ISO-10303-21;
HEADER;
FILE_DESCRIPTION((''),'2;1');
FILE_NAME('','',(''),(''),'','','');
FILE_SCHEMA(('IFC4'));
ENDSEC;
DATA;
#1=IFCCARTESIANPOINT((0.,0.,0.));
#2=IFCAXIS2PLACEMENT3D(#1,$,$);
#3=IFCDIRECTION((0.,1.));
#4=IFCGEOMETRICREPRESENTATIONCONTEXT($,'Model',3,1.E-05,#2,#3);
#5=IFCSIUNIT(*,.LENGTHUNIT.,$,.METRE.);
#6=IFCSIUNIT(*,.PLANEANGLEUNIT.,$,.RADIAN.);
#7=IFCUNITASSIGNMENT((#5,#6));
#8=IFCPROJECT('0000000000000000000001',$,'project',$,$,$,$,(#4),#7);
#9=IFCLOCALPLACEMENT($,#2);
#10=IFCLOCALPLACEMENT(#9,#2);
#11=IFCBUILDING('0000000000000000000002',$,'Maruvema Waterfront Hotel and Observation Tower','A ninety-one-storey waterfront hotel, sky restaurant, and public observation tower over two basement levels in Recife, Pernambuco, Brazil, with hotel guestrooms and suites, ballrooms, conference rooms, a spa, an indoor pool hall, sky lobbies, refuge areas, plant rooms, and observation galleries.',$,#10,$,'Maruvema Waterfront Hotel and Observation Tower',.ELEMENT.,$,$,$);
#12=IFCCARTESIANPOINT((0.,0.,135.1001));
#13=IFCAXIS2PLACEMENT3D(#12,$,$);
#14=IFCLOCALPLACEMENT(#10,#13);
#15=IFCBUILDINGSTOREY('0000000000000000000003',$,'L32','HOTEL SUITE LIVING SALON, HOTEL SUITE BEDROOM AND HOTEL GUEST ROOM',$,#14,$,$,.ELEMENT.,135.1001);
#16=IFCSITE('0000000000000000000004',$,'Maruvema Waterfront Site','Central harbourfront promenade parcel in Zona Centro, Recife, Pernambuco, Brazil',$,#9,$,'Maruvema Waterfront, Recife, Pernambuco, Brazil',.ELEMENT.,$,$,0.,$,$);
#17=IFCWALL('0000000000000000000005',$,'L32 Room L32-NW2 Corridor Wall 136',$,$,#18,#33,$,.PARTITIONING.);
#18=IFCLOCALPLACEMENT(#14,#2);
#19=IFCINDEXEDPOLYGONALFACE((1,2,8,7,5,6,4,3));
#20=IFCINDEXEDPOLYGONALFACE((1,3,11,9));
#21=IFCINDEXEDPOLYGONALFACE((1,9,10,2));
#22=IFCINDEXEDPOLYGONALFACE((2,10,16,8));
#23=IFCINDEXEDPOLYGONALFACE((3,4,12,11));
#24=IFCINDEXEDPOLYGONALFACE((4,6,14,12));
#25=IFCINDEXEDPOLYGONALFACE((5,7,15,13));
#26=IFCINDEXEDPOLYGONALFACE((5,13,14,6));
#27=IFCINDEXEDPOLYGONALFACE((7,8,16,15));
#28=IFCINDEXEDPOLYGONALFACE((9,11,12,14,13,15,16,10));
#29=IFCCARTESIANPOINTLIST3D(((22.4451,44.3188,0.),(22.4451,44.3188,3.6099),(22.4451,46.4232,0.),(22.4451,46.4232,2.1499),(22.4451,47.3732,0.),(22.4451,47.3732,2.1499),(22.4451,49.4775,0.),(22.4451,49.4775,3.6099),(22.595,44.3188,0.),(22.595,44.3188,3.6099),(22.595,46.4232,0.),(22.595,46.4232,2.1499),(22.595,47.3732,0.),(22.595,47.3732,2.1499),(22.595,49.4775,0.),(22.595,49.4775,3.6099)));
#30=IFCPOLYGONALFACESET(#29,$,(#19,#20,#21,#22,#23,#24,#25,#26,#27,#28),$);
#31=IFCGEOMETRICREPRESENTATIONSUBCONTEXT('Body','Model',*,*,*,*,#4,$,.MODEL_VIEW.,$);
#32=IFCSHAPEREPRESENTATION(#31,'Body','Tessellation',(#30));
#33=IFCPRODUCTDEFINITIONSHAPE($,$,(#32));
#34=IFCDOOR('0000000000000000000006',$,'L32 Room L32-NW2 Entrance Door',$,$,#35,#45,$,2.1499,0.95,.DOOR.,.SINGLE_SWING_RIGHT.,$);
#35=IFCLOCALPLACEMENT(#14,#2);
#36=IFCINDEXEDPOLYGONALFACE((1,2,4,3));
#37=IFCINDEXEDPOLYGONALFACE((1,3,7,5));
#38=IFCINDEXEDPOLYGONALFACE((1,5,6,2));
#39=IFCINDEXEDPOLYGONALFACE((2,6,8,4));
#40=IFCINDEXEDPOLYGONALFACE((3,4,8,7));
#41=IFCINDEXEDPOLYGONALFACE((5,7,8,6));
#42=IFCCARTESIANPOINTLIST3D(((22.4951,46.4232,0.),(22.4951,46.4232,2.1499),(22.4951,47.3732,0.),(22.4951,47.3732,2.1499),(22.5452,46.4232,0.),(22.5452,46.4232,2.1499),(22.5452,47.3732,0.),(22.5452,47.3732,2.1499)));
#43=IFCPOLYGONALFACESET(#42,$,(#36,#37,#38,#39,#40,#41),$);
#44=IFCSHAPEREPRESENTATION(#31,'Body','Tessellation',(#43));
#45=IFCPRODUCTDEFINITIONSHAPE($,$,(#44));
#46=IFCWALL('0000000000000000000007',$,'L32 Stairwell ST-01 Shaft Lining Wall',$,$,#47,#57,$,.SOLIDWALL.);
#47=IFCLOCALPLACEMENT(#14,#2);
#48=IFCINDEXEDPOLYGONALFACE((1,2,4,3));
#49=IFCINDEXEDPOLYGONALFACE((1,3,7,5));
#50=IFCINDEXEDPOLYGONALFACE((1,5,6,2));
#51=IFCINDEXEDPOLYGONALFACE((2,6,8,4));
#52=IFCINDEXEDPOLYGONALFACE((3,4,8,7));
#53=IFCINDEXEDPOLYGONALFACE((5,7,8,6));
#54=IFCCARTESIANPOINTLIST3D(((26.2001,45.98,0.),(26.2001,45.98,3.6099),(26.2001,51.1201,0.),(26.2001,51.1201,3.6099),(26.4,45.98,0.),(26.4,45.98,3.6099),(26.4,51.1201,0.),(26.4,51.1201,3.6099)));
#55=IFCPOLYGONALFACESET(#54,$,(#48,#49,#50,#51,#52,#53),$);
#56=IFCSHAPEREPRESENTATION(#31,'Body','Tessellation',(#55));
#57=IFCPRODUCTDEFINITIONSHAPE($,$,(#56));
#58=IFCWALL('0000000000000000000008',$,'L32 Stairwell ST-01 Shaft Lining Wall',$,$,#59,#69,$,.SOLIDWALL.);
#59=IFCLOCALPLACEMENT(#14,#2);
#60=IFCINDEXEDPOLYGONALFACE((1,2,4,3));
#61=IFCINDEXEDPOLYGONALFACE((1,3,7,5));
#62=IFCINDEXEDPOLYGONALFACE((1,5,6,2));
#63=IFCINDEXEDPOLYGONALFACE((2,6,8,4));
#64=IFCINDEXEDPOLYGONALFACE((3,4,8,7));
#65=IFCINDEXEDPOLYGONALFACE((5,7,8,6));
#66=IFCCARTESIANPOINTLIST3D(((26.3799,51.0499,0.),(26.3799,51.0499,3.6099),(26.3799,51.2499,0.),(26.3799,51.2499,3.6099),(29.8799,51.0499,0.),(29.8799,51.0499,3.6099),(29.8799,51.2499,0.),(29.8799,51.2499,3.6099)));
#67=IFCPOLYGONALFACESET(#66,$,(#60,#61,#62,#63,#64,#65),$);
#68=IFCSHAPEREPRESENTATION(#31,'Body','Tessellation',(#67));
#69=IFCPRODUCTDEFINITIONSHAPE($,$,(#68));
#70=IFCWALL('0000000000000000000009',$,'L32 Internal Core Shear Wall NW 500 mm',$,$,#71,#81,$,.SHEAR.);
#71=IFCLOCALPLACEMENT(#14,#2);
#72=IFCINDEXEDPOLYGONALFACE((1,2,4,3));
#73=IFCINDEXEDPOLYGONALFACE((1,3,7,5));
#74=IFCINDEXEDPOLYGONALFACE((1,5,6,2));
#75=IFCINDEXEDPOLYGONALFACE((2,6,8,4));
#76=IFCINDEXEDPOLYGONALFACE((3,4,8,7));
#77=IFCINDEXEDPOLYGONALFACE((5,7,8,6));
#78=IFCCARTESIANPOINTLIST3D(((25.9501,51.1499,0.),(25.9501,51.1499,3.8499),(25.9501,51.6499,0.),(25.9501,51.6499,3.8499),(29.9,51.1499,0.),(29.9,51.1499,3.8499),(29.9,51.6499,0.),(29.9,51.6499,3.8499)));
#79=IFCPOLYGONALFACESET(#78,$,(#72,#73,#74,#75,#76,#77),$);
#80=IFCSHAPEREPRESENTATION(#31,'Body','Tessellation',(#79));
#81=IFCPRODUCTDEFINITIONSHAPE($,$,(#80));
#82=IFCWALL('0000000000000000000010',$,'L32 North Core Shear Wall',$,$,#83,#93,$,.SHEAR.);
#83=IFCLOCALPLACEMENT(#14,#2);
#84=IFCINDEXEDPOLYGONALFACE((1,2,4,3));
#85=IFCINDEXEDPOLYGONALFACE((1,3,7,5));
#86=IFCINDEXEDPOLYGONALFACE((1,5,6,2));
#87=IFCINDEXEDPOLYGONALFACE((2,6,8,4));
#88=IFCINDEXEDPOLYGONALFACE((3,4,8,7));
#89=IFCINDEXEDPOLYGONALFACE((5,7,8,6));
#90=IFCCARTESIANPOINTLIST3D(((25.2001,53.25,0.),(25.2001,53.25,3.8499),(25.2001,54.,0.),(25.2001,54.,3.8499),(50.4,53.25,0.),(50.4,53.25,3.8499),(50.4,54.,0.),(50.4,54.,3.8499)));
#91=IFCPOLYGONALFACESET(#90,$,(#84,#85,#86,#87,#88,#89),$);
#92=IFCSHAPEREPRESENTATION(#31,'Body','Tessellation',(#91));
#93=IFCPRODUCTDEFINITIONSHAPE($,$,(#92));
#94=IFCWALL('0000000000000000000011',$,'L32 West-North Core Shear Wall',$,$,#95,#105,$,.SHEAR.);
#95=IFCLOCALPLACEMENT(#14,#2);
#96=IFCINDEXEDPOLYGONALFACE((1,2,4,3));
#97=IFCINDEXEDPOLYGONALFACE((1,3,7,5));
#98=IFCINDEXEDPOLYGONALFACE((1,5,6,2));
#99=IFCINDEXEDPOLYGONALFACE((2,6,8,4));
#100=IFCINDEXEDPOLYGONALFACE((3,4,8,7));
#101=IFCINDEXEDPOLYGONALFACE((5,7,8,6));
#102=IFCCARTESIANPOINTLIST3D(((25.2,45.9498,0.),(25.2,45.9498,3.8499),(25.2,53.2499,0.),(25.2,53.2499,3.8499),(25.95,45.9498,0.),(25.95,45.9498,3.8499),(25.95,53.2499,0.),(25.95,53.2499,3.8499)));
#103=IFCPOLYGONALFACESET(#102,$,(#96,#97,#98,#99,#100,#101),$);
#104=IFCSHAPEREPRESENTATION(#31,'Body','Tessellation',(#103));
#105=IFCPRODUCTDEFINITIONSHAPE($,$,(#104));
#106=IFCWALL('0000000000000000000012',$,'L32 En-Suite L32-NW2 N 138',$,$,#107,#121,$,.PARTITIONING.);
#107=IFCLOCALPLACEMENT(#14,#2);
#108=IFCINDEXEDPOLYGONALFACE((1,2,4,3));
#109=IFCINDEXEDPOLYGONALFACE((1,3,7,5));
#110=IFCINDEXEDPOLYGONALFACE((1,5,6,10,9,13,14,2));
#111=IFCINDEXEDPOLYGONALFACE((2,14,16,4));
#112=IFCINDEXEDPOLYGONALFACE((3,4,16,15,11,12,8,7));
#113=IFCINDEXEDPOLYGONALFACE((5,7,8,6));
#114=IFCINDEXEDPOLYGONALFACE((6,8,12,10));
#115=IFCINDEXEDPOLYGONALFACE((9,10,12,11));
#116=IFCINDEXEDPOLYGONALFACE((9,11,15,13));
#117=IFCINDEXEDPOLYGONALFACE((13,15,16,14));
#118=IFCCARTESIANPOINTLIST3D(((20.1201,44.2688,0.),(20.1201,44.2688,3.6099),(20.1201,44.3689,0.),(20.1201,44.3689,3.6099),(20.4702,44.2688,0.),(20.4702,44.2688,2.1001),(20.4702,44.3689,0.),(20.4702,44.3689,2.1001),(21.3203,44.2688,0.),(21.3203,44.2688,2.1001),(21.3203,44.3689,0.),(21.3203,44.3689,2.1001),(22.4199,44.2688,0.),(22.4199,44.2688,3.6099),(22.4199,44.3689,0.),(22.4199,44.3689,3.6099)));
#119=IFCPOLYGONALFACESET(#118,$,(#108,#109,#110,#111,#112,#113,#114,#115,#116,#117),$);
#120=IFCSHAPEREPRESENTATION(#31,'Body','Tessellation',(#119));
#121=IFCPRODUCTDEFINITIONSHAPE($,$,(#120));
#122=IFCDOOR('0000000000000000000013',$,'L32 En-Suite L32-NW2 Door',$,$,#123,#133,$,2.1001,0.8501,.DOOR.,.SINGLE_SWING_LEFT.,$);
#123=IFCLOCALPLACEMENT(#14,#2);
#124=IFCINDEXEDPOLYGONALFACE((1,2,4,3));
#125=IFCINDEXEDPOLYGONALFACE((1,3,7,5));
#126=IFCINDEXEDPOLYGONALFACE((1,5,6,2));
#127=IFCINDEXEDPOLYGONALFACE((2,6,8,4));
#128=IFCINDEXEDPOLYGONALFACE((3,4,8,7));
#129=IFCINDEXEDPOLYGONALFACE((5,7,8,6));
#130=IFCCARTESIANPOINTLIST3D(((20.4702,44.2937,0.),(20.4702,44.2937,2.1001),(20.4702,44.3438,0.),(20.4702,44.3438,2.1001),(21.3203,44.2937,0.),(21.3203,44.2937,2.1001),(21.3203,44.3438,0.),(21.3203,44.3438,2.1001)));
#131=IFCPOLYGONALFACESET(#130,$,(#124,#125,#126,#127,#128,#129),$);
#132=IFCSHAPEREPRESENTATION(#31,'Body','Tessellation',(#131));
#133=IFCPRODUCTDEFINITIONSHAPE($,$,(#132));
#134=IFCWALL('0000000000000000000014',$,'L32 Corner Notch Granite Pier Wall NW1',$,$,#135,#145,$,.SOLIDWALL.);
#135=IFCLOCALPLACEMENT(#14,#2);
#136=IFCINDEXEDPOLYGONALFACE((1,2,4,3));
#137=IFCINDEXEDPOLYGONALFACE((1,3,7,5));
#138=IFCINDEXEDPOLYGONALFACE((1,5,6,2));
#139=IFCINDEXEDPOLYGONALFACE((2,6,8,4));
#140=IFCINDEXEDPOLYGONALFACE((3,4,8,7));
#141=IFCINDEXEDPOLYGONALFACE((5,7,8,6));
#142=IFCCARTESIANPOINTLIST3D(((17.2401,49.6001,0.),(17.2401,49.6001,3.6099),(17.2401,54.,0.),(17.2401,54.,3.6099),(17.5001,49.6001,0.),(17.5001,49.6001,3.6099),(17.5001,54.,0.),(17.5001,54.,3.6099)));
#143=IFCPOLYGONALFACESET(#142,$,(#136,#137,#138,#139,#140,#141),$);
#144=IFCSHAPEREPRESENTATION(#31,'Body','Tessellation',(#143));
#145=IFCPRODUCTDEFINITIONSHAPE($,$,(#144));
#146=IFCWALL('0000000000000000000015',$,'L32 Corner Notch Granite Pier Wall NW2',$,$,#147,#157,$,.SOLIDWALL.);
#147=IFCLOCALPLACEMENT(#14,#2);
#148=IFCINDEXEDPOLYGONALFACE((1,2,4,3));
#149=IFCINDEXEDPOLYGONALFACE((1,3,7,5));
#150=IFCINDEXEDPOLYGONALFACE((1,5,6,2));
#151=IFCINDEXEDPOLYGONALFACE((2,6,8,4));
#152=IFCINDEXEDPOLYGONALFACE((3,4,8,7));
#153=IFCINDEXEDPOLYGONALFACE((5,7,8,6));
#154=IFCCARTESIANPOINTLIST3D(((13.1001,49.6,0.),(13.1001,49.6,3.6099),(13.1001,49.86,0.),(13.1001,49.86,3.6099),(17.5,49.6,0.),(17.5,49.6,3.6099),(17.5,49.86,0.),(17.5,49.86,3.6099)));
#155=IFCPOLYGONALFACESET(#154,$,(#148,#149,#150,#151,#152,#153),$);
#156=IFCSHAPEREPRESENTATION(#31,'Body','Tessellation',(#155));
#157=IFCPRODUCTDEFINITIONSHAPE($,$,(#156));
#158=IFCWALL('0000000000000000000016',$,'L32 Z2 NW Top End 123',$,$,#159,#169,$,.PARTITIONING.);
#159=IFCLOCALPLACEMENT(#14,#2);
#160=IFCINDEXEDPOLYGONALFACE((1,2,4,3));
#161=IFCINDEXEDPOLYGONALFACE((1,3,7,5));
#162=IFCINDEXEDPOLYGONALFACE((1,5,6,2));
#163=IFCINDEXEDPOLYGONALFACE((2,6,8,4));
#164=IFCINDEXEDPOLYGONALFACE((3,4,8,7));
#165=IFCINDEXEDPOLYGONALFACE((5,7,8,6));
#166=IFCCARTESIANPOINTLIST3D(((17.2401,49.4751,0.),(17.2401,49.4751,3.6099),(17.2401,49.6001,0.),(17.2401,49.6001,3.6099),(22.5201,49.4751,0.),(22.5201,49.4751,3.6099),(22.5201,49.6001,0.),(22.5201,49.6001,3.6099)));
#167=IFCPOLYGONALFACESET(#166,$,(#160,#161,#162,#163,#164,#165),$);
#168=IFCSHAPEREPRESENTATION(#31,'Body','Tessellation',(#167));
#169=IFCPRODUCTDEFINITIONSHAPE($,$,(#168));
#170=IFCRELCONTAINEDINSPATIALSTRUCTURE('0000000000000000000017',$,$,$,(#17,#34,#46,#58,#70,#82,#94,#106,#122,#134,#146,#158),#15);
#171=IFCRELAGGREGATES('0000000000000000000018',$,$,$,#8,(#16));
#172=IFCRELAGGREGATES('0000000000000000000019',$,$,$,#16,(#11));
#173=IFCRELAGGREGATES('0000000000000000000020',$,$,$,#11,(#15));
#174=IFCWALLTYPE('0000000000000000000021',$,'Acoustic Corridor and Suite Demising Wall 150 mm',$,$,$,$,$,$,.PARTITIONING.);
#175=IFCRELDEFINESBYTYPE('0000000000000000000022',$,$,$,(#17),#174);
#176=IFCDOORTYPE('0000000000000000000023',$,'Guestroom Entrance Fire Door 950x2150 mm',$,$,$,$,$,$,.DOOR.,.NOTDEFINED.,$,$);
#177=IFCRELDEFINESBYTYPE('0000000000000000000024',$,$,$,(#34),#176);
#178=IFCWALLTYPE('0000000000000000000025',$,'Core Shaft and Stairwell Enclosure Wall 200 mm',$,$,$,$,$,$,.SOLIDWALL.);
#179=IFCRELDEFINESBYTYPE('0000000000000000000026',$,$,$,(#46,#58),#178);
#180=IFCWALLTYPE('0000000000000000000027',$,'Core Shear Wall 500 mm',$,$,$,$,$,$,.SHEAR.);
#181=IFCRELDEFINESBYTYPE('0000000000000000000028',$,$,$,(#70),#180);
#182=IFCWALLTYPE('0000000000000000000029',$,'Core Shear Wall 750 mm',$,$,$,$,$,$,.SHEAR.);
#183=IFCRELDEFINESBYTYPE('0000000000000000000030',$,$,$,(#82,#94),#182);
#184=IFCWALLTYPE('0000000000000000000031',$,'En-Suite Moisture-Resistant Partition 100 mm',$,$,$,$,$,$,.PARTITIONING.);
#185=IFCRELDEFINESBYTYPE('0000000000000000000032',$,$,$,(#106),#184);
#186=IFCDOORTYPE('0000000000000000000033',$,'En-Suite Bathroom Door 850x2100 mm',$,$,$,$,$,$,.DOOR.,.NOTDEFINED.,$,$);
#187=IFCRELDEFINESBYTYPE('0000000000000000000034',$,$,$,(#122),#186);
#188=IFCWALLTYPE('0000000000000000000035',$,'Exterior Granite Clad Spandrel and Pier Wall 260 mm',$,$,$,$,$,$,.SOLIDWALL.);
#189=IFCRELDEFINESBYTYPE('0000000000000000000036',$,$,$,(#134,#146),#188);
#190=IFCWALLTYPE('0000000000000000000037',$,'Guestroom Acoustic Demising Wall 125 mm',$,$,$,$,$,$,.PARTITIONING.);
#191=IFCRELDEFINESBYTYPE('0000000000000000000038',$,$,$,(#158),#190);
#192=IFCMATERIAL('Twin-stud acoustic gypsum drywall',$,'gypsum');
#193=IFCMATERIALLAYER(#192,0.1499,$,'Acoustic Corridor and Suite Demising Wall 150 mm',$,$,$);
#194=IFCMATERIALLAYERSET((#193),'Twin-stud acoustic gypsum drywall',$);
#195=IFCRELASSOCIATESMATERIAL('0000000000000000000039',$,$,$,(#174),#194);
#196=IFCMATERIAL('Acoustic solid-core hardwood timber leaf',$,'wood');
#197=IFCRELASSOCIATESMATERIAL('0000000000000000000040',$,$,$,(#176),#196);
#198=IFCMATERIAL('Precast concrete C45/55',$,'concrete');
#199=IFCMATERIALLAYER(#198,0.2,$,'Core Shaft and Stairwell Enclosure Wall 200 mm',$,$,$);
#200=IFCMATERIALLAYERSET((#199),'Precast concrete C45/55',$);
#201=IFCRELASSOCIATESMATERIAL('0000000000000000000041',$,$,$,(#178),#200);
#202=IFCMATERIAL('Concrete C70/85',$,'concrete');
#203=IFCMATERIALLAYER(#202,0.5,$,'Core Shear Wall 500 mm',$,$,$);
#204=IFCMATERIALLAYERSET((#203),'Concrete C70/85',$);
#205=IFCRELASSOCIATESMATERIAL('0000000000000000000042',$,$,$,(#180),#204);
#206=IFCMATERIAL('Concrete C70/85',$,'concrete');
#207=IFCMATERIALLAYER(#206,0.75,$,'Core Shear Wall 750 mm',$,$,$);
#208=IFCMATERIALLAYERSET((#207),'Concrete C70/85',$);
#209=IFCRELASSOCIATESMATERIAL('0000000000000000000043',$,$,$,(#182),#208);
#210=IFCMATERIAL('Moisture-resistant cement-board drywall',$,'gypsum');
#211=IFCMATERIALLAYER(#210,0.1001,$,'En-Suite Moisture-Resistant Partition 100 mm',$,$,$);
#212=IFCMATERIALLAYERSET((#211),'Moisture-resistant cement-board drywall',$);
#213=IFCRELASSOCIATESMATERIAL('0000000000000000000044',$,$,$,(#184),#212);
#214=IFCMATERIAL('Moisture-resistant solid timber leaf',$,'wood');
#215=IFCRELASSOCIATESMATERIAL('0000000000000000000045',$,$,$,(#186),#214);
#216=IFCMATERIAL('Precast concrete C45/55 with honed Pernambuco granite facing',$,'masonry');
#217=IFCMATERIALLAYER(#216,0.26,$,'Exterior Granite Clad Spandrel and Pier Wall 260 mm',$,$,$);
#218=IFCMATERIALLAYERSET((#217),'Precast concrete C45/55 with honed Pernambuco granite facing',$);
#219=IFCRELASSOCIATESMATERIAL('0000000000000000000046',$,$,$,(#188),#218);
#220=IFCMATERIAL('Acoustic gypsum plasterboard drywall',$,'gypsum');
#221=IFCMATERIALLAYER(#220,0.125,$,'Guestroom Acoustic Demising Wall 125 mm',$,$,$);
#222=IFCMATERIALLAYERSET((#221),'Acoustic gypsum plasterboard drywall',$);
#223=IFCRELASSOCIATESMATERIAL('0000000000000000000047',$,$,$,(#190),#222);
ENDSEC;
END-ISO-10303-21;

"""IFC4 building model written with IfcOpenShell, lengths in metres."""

from ifc_helpers import new_model, si_unit, direction, frame, frame_2d, origin, place, context, subcontext, project, spatial, rectangle, extrude, material, layer, layer_set, type_object, element, fill, save


model = new_model("IFC4")

# Units and contexts
model_context = context("Model", 3, precision=1e-05, world=origin(), true_north=direction((0.0, 1.0)))
body_context = subcontext(model_context, "Body", "Model", "MODEL_VIEW")
ifc_project = project(units=[si_unit("LENGTHUNIT", "METRE"), si_unit("PLANEANGLEUNIT", "RADIAN")], contexts=[model_context])

# Site, building, storey
site_placement = place(None, origin())
site = spatial("IfcSite", under=ifc_project, at=site_placement, Name="Maruvema Waterfront Site", Description="Central harbourfront promenade parcel in Zona Centro, Recife, Pernambuco, Brazil", LongName="Maruvema Waterfront, Recife, Pernambuco, Brazil", CompositionType="ELEMENT", RefElevation=0.0)
building_placement = place(site_placement, origin())
building = spatial("IfcBuilding", under=site, at=building_placement, Name="Maruvema Waterfront Hotel and Observation Tower", Description="A ninety-one-storey waterfront hotel, sky restaurant, and public observation tower over two basement levels in Recife, Pernambuco, Brazil, with hotel guestrooms and suites, ballrooms, conference rooms, a spa, an indoor pool hall, sky lobbies, refuge areas, plant rooms, and observation galleries.", LongName="Maruvema Waterfront Hotel and Observation Tower", CompositionType="ELEMENT")
storey_placement = place(building_placement, frame((0.0, 0.0, 135.1001)))
storey = spatial("IfcBuildingStorey", under=building, at=storey_placement, Name="L32", Description="HOTEL SUITE LIVING SALON, HOTEL SUITE BEDROOM AND HOTEL GUEST ROOM", CompositionType="ELEMENT", Elevation=135.1001)

# Wall, opening, door
ifc_material_1 = material(Name="Twin-stud acoustic gypsum drywall", Category="gypsum")
ifc_layer_1 = layer(ifc_material_1, 0.1499, Name="Acoustic Corridor and Suite Demising Wall 150 mm")
ifc_layer_set_1 = layer_set([ifc_layer_1], Name="Twin-stud acoustic gypsum drywall")
wall_type_1 = type_object("IfcWallType", Name="Acoustic Corridor and Suite Demising Wall 150 mm", PredefinedType="PARTITIONING", material=ifc_layer_set_1)
wall_1_placement = place(storey_placement, frame((22.52, 44.3188, 0.0), z_axis=(0.0, 0.0, 1.0), x_axis=(0.0, 1.0, 0.0)))
wall_1 = element("IfcWall", 1, at=wall_1_placement, inside=storey, type_object=wall_type_1, Name="L32 Room L32-NW2 Corridor Wall 136", PredefinedType="PARTITIONING", context=body_context, shape_type="SweptSolid", body=[
    extrude(rectangle(XDim=5.1587, YDim=0.1499, at=frame_2d((2.5793, 0.0))), origin(), (0.0, 0.0, 1.0), 3.6099),
])
opening_1_placement = place(wall_1_placement, frame((2.1042, 0.0, 0.0)))
opening_1 = element("IfcOpeningElement", 2, at=opening_1_placement, cuts=wall_1, PredefinedType="OPENING", context=body_context, shape_type="SweptSolid", body=[
    extrude(rectangle(XDim=0.95, YDim=2.1499, at=frame_2d((0.4751, 1.075))), frame((0.0, 0.085, 0.0), z_axis=(0.0, -1.0, 0.0), x_axis=(1.0, 0.0, 0.0)), (0.0, 0.0, 1.0), 0.1699),
])
ifc_material_2 = material(Name="Acoustic solid-core hardwood timber leaf", Category="wood")
door_type_1 = type_object("IfcDoorType", Name="Guestroom Entrance Fire Door 950x2150 mm", OperationType="NOTDEFINED", PredefinedType="DOOR", material=ifc_material_2)
door_1_placement = place(opening_1_placement, origin())
door_1 = element("IfcDoor", 3, at=door_1_placement, inside=storey, type_object=door_type_1, Name="L32 Room L32-NW2 Entrance Door", OperationType="SINGLE_SWING_RIGHT", OverallHeight=2.1499, OverallWidth=0.95, PredefinedType="DOOR", context=body_context, shape_type="SweptSolid", body=[
    extrude(rectangle(XDim=0.95, YDim=2.1499, at=frame_2d((0.4751, 1.075))), frame((0.0, 0.0249, 0.0), z_axis=(0.0, -1.0, 0.0), x_axis=(1.0, 0.0, 0.0)), (0.0, 0.0, 1.0), 0.05),
])
fill(opening_1, door_1)

# Walls
ifc_material_3 = material(Name="Precast concrete C45/55", Category="concrete")
ifc_layer_2 = layer(ifc_material_3, 0.2, Name="Core Shaft and Stairwell Enclosure Wall 200 mm")
ifc_layer_set_2 = layer_set([ifc_layer_2], Name="Precast concrete C45/55")
wall_type_2 = type_object("IfcWallType", Name="Core Shaft and Stairwell Enclosure Wall 200 mm", PredefinedType="SOLIDWALL", material=ifc_layer_set_2)
wall_2_placement = place(storey_placement, frame((26.3, 45.98, 0.0), z_axis=(0.0, 0.0, 1.0), x_axis=(0.0, 1.0, 0.0)))
element("IfcWall", 4, at=wall_2_placement, inside=storey, type_object=wall_type_2, Name="L32 Stairwell ST-01 Shaft Lining Wall", PredefinedType="SOLIDWALL", context=body_context, shape_type="SweptSolid", body=[
    extrude(rectangle(XDim=5.1401, YDim=0.2, at=frame_2d((2.5701, 0.0))), origin(), (0.0, 0.0, 1.0), 3.6099),
])
wall_3_placement = place(storey_placement, frame((26.3799, 51.1499, 0.0), z_axis=(0.0, 0.0, 1.0), x_axis=(1.0, 0.0, 0.0)))
element("IfcWall", 5, at=wall_3_placement, inside=storey, type_object=wall_type_2, Name="L32 Stairwell ST-01 Shaft Lining Wall", PredefinedType="SOLIDWALL", context=body_context, shape_type="SweptSolid", body=[
    extrude(rectangle(XDim=3.5, YDim=0.2, at=frame_2d((1.75, 0.0))), origin(), (0.0, 0.0, 1.0), 3.6099),
])
ifc_material_4 = material(Name="Concrete C70/85", Category="concrete")
ifc_layer_3 = layer(ifc_material_4, 0.5, Name="Core Shear Wall 500 mm")
ifc_layer_set_3 = layer_set([ifc_layer_3], Name="Concrete C70/85")
wall_type_3 = type_object("IfcWallType", Name="Core Shear Wall 500 mm", PredefinedType="SHEAR", material=ifc_layer_set_3)
wall_4_placement = place(storey_placement, frame((25.95, 51.3999, 0.0), z_axis=(0.0, 0.0, 1.0), x_axis=(1.0, 0.0, 0.0)))
element("IfcWall", 6, at=wall_4_placement, inside=storey, type_object=wall_type_3, Name="L32 Internal Core Shear Wall NW 500 mm", PredefinedType="SHEAR", context=body_context, shape_type="SweptSolid", body=[
    extrude(rectangle(XDim=3.95, YDim=0.5, at=frame_2d((1.9751, 0.0))), origin(), (0.0, 0.0, 1.0), 3.8499),
])
ifc_material_5 = material(Name="Concrete C70/85", Category="concrete")
ifc_layer_4 = layer(ifc_material_5, 0.75, Name="Core Shear Wall 750 mm")
ifc_layer_set_4 = layer_set([ifc_layer_4], Name="Concrete C70/85")
wall_type_4 = type_object("IfcWallType", Name="Core Shear Wall 750 mm", PredefinedType="SHEAR", material=ifc_layer_set_4)
wall_5_placement = place(storey_placement, frame((25.2, 53.625, 0.0), z_axis=(0.0, 0.0, 1.0), x_axis=(1.0, 0.0, 0.0)))
element("IfcWall", 7, at=wall_5_placement, inside=storey, type_object=wall_type_4, Name="L32 North Core Shear Wall", PredefinedType="SHEAR", context=body_context, shape_type="SweptSolid", body=[
    extrude(rectangle(XDim=25.2, YDim=0.75, at=frame_2d((12.6001, 0.0))), origin(), (0.0, 0.0, 1.0), 3.8499),
])
wall_6_placement = place(storey_placement, frame((25.575, 45.95, 0.0), z_axis=(0.0, 0.0, 1.0), x_axis=(0.0, 1.0, 0.0)))
element("IfcWall", 8, at=wall_6_placement, inside=storey, type_object=wall_type_4, Name="L32 West-North Core Shear Wall", PredefinedType="SHEAR", context=body_context, shape_type="SweptSolid", body=[
    extrude(rectangle(XDim=7.3, YDim=0.75, at=frame_2d((3.6499, 0.0))), origin(), (0.0, 0.0, 1.0), 3.8499),
])

# Wall, opening, door
ifc_material_6 = material(Name="Moisture-resistant cement-board drywall", Category="gypsum")
ifc_layer_5 = layer(ifc_material_6, 0.1001, Name="En-Suite Moisture-Resistant Partition 100 mm")
ifc_layer_set_5 = layer_set([ifc_layer_5], Name="Moisture-resistant cement-board drywall")
wall_type_5 = type_object("IfcWallType", Name="En-Suite Moisture-Resistant Partition 100 mm", PredefinedType="PARTITIONING", material=ifc_layer_set_5)
wall_7_placement = place(storey_placement, frame((20.1201, 44.3188, 0.0), z_axis=(0.0, 0.0, 1.0), x_axis=(1.0, 0.0, 0.0)))
wall_7 = element("IfcWall", 9, at=wall_7_placement, inside=storey, type_object=wall_type_5, Name="L32 En-Suite L32-NW2 N 138", PredefinedType="PARTITIONING", context=body_context, shape_type="SweptSolid", body=[
    extrude(rectangle(XDim=2.2998, YDim=0.1001, at=frame_2d((1.1499, 0.0))), origin(), (0.0, 0.0, 1.0), 3.6099),
])
opening_2_placement = place(wall_7_placement, frame((0.3501, 0.0, 0.0)))
opening_2 = element("IfcOpeningElement", 10, at=opening_2_placement, cuts=wall_7, PredefinedType="OPENING", context=body_context, shape_type="SweptSolid", body=[
    extrude(rectangle(XDim=0.8501, YDim=2.1001, at=frame_2d((0.425, 1.05))), frame((0.0, 0.0601, 0.0), z_axis=(0.0, -1.0, 0.0), x_axis=(1.0, 0.0, 0.0)), (0.0, 0.0, 1.0), 0.1201),
])
ifc_material_7 = material(Name="Moisture-resistant solid timber leaf", Category="wood")
door_type_2 = type_object("IfcDoorType", Name="En-Suite Bathroom Door 850x2100 mm", OperationType="NOTDEFINED", PredefinedType="DOOR", material=ifc_material_7)
door_2_placement = place(opening_2_placement, origin())
door_2 = element("IfcDoor", 11, at=door_2_placement, inside=storey, type_object=door_type_2, Name="L32 En-Suite L32-NW2 Door", OperationType="SINGLE_SWING_LEFT", OverallHeight=2.1001, OverallWidth=0.8501, PredefinedType="DOOR", context=body_context, shape_type="SweptSolid", body=[
    extrude(rectangle(XDim=0.8501, YDim=2.1001, at=frame_2d((0.425, 1.05))), frame((0.0, 0.0249, 0.0), z_axis=(0.0, -1.0, 0.0), x_axis=(1.0, 0.0, 0.0)), (0.0, 0.0, 1.0), 0.05),
])
fill(opening_2, door_2)

# Walls
ifc_material_8 = material(Name="Precast concrete C45/55 with honed Pernambuco granite facing", Category="masonry")
ifc_layer_6 = layer(ifc_material_8, 0.26, Name="Exterior Granite Clad Spandrel and Pier Wall 260 mm")
ifc_layer_set_6 = layer_set([ifc_layer_6], Name="Precast concrete C45/55 with honed Pernambuco granite facing")
wall_type_6 = type_object("IfcWallType", Name="Exterior Granite Clad Spandrel and Pier Wall 260 mm", PredefinedType="SOLIDWALL", material=ifc_layer_set_6)
for number, where, z_axis, x_axis, name in (
    (12, (17.3701, 49.6001, 0.0), (0.0, 0.0, 1.0), (0.0, 1.0, 0.0), "L32 Corner Notch Granite Pier Wall NW1"),
    (13, (13.1001, 49.73, 0.0), (0.0, 0.0, 1.0), (1.0, 0.0, 0.0), "L32 Corner Notch Granite Pier Wall NW2"),
):
    element("IfcWall", number, at=place(storey_placement, frame(where, z_axis=z_axis, x_axis=x_axis)), inside=storey, type_object=wall_type_6, Name=name, PredefinedType="SOLIDWALL", context=body_context, shape_type="SweptSolid", body=[
        extrude(rectangle(XDim=4.3999, YDim=0.26, at=frame_2d((2.2, 0.0))), origin(), (0.0, 0.0, 1.0), 3.6099),
    ])
ifc_material_9 = material(Name="Acoustic gypsum plasterboard drywall", Category="gypsum")
ifc_layer_7 = layer(ifc_material_9, 0.125, Name="Guestroom Acoustic Demising Wall 125 mm")
ifc_layer_set_7 = layer_set([ifc_layer_7], Name="Acoustic gypsum plasterboard drywall")
wall_type_7 = type_object("IfcWallType", Name="Guestroom Acoustic Demising Wall 125 mm", PredefinedType="PARTITIONING", material=ifc_layer_set_7)
wall_8_placement = place(storey_placement, frame((17.24, 49.5376, 0.0), z_axis=(0.0, 0.0, 1.0), x_axis=(1.0, 0.0, 0.0)))
element("IfcWall", 14, at=wall_8_placement, inside=storey, type_object=wall_type_7, Name="L32 Z2 NW Top End 123", PredefinedType="PARTITIONING", context=body_context, shape_type="SweptSolid", body=[
    extrude(rectangle(XDim=5.28, YDim=0.125, at=frame_2d((2.6401, 0.0))), origin(), (0.0, 0.0, 1.0), 3.6099),
])

save(model, "model.ifc")
